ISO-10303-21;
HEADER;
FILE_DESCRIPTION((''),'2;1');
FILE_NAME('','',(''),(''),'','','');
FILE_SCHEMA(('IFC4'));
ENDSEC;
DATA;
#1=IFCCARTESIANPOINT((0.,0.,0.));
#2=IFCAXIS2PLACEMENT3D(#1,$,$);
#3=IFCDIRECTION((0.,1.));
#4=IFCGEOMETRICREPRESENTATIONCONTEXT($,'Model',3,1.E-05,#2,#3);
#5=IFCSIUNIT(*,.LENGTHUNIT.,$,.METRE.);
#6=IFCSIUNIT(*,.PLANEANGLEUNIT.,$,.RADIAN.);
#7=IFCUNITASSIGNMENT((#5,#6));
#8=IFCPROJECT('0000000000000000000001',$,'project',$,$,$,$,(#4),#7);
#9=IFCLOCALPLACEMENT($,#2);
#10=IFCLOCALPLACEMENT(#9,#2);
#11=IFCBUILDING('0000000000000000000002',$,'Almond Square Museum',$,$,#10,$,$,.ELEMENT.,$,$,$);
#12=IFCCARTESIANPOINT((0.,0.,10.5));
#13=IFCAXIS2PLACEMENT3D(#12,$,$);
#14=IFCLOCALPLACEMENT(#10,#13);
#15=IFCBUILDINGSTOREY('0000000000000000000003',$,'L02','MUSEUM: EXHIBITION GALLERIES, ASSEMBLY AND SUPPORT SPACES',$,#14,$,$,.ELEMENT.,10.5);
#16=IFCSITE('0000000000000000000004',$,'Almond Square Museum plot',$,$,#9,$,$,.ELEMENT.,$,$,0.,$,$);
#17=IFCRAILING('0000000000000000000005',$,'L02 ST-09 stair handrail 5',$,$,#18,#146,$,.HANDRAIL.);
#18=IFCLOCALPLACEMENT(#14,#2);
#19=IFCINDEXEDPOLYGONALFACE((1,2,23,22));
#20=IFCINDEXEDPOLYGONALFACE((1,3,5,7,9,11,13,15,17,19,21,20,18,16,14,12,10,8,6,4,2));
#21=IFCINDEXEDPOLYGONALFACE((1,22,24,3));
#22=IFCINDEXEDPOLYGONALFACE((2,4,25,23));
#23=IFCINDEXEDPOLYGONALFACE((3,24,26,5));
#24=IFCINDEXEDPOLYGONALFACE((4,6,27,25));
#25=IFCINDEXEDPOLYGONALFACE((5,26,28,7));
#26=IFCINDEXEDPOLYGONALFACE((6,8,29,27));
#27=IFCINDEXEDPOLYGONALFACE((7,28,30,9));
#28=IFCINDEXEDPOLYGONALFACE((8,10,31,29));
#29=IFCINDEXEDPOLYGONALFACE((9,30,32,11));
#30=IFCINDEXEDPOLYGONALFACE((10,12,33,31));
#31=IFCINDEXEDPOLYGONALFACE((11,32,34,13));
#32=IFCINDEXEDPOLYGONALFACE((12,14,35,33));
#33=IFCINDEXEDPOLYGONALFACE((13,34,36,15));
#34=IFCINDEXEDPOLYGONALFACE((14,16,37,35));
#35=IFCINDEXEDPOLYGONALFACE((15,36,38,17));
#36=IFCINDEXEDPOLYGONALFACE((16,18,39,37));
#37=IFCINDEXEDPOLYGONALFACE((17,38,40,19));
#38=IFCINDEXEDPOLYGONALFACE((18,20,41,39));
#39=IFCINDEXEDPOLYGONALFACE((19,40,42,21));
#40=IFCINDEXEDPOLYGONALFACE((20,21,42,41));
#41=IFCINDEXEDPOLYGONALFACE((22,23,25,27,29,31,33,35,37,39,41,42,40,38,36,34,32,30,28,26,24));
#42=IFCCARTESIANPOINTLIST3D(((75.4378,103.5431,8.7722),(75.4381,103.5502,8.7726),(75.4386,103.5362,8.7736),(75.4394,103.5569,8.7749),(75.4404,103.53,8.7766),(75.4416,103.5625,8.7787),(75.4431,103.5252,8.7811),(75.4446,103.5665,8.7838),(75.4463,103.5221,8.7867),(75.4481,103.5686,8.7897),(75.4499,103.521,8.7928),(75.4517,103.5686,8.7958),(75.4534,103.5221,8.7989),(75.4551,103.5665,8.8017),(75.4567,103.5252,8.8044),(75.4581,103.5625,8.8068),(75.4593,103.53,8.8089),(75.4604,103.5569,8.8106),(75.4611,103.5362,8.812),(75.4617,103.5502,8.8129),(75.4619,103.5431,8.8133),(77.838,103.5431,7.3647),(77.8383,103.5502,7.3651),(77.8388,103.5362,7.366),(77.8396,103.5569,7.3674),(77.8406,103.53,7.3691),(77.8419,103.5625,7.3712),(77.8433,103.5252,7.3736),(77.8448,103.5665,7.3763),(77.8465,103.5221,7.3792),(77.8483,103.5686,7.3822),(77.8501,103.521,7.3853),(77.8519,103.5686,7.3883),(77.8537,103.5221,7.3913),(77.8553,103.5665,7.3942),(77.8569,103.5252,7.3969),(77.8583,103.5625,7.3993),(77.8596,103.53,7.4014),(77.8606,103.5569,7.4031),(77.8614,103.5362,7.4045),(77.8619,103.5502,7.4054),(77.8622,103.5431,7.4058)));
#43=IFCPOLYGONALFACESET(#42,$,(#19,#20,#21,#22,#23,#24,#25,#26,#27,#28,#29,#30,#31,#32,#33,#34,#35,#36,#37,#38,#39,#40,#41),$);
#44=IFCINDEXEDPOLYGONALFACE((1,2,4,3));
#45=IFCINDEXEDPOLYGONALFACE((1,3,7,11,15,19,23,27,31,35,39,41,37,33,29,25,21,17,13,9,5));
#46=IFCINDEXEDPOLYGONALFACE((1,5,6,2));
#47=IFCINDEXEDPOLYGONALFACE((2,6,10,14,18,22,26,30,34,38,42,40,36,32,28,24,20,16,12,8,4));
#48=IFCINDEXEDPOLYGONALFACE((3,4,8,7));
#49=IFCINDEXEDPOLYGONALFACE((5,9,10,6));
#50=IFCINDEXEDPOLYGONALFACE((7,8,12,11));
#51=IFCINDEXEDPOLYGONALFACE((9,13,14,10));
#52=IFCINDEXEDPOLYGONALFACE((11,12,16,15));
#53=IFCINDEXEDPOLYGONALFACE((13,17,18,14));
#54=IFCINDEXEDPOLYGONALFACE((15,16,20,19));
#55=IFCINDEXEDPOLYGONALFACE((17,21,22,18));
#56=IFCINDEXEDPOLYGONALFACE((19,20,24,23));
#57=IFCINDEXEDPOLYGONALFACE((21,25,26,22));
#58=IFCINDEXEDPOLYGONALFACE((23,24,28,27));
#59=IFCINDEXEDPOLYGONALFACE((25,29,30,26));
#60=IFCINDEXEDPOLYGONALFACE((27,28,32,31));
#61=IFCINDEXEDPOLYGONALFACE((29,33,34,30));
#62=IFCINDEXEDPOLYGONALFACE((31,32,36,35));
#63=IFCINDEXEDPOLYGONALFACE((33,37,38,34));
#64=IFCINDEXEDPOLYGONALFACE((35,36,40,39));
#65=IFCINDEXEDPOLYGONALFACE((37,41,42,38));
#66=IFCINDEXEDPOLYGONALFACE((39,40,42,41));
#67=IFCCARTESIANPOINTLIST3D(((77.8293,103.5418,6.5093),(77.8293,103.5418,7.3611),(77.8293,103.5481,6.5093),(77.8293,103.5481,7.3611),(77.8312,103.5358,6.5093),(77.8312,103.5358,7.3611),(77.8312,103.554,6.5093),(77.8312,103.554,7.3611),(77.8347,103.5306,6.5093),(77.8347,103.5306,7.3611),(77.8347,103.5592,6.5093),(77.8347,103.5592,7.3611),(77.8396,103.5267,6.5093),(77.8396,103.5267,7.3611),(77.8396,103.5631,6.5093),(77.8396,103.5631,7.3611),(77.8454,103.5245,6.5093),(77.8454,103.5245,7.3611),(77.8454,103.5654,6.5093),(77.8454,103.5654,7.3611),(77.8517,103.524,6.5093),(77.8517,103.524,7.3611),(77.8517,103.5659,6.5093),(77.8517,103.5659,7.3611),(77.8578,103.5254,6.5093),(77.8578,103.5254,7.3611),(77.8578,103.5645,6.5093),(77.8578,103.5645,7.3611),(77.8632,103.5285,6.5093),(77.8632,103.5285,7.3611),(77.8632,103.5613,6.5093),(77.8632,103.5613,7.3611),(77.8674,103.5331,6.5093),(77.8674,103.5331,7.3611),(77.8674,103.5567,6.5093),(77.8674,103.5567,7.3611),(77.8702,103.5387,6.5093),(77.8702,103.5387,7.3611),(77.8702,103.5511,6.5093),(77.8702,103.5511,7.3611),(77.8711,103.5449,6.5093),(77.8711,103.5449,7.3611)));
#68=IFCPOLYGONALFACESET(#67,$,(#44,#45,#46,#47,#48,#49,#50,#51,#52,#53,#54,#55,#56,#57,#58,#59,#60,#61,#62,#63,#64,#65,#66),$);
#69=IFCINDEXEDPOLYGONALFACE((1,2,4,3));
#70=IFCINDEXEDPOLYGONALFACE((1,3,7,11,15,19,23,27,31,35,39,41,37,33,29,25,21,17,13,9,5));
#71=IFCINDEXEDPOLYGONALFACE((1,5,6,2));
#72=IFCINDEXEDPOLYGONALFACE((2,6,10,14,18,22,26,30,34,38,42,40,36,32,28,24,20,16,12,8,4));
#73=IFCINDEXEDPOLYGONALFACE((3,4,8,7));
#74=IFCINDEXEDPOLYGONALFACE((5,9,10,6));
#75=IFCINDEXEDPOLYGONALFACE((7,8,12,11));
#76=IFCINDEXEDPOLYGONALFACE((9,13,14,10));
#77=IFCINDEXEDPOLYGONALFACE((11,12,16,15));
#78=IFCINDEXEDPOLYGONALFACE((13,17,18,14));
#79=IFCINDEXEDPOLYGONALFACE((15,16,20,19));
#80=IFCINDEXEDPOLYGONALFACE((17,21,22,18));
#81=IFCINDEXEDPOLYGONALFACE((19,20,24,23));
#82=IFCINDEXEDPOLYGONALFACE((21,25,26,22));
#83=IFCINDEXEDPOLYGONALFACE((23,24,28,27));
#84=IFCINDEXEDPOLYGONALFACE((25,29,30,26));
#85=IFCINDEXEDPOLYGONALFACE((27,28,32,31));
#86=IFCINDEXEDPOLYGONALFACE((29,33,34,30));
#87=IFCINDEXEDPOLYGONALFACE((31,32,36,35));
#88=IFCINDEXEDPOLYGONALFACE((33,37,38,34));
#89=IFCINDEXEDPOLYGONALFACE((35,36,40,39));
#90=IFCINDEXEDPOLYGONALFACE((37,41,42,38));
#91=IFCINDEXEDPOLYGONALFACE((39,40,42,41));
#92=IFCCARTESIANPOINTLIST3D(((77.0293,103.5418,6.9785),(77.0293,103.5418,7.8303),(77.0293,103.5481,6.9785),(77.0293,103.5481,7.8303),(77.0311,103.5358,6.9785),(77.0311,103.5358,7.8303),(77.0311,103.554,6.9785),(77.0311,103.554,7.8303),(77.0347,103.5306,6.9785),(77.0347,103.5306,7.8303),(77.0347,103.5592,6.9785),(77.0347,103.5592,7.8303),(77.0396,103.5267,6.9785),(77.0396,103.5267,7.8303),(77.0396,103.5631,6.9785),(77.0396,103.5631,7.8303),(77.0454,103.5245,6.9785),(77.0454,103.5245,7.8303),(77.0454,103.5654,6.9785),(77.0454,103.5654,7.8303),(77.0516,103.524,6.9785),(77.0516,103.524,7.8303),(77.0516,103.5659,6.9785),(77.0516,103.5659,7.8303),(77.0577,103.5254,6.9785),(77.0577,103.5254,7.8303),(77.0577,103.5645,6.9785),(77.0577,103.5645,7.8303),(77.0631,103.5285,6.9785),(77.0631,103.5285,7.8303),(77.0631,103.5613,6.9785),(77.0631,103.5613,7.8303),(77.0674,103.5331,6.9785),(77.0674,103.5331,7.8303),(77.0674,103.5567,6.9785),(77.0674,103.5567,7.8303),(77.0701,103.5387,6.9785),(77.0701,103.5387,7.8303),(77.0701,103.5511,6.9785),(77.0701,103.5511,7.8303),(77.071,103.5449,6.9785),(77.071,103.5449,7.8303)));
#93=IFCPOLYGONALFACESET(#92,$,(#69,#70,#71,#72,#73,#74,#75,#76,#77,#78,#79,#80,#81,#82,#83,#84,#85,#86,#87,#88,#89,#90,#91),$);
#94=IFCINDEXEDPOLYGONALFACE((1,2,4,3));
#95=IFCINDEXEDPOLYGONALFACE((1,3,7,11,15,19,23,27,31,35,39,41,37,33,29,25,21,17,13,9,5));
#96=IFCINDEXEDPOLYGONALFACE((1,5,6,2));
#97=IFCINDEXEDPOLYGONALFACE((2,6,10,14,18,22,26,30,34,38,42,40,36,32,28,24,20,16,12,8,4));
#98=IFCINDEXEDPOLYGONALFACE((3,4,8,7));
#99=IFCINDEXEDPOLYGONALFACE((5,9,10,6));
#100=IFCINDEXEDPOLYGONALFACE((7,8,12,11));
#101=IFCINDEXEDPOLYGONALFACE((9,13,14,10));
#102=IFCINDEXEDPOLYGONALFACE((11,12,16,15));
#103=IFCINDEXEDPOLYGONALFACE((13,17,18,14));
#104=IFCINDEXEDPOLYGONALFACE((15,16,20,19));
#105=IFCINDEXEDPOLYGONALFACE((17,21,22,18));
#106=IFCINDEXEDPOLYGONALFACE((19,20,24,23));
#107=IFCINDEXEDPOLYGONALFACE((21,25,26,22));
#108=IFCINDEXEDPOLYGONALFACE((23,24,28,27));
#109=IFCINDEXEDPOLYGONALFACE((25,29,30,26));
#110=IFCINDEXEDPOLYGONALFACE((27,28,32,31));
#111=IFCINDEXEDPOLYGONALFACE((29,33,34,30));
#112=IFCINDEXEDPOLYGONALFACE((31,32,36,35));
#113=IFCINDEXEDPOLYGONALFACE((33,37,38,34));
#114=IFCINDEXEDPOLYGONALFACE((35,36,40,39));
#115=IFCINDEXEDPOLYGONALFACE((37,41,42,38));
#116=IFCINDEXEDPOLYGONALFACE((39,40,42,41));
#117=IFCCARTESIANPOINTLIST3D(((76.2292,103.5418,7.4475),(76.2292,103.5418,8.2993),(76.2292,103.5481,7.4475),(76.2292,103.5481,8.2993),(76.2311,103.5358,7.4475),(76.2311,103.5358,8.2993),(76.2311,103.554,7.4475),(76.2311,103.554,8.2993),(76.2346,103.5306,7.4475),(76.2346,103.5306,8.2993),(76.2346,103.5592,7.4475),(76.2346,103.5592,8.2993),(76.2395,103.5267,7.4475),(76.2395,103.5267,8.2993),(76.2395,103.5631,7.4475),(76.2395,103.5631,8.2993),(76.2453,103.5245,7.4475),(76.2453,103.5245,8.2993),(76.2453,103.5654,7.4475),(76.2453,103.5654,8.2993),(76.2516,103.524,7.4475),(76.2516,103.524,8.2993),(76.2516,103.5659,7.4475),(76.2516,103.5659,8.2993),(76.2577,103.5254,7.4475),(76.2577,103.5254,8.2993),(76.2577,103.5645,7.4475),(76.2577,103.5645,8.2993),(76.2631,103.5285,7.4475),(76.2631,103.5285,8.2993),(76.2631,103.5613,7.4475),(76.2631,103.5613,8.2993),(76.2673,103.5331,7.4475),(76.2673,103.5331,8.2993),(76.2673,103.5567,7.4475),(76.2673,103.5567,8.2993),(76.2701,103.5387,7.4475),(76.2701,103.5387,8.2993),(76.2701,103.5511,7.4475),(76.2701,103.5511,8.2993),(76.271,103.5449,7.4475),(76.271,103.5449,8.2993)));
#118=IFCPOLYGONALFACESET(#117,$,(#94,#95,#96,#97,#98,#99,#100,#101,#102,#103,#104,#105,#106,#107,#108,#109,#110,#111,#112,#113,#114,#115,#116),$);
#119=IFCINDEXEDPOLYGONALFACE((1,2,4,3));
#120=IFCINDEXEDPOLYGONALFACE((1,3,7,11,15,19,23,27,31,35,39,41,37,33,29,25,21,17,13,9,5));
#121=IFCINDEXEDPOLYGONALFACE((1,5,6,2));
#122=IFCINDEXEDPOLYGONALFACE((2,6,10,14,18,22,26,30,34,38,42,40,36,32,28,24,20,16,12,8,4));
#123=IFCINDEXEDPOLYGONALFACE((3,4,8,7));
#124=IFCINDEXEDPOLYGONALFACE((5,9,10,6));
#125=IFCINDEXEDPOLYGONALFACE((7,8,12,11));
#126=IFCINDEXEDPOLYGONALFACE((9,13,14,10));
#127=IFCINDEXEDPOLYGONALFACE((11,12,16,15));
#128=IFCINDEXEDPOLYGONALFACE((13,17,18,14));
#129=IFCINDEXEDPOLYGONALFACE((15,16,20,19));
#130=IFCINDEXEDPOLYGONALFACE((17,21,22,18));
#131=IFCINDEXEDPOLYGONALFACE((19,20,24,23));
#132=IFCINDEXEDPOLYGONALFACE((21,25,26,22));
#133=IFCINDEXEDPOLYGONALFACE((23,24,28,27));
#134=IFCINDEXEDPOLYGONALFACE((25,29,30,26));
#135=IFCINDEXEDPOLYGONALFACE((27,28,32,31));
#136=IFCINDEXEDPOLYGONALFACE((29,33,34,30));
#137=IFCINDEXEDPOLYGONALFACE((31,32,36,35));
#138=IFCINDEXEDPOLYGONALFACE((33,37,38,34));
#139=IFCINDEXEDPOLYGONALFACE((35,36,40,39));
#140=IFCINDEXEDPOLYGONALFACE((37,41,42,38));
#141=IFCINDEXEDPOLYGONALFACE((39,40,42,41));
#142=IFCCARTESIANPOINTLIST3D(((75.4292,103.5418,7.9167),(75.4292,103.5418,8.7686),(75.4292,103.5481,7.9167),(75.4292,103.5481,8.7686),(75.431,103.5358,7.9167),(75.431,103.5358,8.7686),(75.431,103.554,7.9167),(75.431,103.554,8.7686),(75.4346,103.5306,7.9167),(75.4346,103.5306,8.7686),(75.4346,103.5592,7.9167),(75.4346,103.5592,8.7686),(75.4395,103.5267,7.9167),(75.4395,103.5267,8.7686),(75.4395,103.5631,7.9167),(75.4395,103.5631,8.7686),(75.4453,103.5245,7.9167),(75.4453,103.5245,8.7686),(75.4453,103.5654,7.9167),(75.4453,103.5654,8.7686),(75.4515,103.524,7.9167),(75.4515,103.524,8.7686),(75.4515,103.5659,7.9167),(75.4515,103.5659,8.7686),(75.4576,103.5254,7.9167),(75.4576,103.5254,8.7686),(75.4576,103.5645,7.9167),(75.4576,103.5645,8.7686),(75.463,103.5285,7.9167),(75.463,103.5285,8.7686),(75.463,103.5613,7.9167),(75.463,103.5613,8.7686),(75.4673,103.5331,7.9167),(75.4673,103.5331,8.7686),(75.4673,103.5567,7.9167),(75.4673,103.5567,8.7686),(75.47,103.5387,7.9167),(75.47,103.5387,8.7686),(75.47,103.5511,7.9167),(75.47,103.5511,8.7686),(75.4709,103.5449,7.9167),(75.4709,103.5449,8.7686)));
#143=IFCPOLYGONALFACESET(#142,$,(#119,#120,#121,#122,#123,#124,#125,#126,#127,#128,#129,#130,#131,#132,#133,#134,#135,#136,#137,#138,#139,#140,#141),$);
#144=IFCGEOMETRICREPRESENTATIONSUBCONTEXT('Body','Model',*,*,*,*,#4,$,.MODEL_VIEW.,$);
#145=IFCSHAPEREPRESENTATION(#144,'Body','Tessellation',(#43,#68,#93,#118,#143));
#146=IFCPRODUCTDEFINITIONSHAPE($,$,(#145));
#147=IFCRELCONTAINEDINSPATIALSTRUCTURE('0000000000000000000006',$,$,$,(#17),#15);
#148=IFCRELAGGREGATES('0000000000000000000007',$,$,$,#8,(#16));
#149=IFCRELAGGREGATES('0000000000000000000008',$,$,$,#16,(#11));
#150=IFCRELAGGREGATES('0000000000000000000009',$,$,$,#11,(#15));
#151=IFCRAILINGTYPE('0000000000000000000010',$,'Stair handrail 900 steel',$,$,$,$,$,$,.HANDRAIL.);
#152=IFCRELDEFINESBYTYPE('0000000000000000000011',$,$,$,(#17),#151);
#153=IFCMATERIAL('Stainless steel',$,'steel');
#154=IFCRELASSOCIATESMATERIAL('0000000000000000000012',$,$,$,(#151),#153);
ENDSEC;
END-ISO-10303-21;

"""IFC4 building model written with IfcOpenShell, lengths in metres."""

from ifc_helpers import new_model, si_unit, direction, frame, origin, origin_2d, place, context, subcontext, project, spatial, circle, extrude, material, type_object, element, save


model = new_model("IFC4")

# Units and contexts
model_context = context("Model", 3, precision=1e-05, world=origin(), true_north=direction((0.0, 1.0)))
body_context = subcontext(model_context, "Body", "Model", "MODEL_VIEW")
ifc_project = project(units=[si_unit("LENGTHUNIT", "METRE"), si_unit("PLANEANGLEUNIT", "RADIAN")], contexts=[model_context])

# Site, building, storey
site_placement = place(None, origin())
site = spatial("IfcSite", under=ifc_project, at=site_placement, Name="Almond Square Museum plot", CompositionType="ELEMENT", RefElevation=0.0)
building_placement = place(site_placement, origin())
building = spatial("IfcBuilding", under=site, at=building_placement, Name="Almond Square Museum", CompositionType="ELEMENT")
storey_placement = place(building_placement, frame((0.0, 0.0, 10.5)))
storey = spatial("IfcBuildingStorey", under=building, at=storey_placement, Name="L02", Description="MUSEUM: EXHIBITION GALLERIES, ASSEMBLY AND SUPPORT SPACES", CompositionType="ELEMENT", Elevation=10.5)

# Railing
ifc_material_1 = material(Name="Stainless steel", Category="steel")
railing_type_1 = type_object("IfcRailingType", Name="Stair handrail 900 steel", PredefinedType="HANDRAIL", material=ifc_material_1)
for number, where, name in (
    (1, (77.8501, 103.5449, 6.5093), "L02 ST-09 stair handrail 5"),
):
    element("IfcRailing", number, at=place(storey_placement, frame(where)), inside=storey, type_object=railing_type_1, Name=name, PredefinedType="HANDRAIL", context=body_context, shape_type="SweptSolid", body=[
        extrude(circle(Radius=0.0239, at=origin_2d()), frame((0.0, 0.0, 0.876), z_axis=(-0.862621, 0.0, 0.50585), x_axis=(0.0, -1.0, 0.0)), (0.0, 0.0, 1.0), 2.7825),
        extrude(circle(Radius=0.021, at=origin_2d()), origin(), (0.0, 0.0, 1.0), 0.8518),
        extrude(circle(Radius=0.021, at=origin_2d()), frame((-0.8, 0.0, 0.4692)), (0.0, 0.0, 1.0), 0.8518),
        extrude(circle(Radius=0.021, at=origin_2d()), frame((-1.6001, 0.0, 0.9382)), (0.0, 0.0, 1.0), 0.8518),
        extrude(circle(Radius=0.021, at=origin_2d()), frame((-2.4001, 0.0, 1.4075)), (0.0, 0.0, 1.0), 0.8518),
    ])

save(model, "model.ifc")
